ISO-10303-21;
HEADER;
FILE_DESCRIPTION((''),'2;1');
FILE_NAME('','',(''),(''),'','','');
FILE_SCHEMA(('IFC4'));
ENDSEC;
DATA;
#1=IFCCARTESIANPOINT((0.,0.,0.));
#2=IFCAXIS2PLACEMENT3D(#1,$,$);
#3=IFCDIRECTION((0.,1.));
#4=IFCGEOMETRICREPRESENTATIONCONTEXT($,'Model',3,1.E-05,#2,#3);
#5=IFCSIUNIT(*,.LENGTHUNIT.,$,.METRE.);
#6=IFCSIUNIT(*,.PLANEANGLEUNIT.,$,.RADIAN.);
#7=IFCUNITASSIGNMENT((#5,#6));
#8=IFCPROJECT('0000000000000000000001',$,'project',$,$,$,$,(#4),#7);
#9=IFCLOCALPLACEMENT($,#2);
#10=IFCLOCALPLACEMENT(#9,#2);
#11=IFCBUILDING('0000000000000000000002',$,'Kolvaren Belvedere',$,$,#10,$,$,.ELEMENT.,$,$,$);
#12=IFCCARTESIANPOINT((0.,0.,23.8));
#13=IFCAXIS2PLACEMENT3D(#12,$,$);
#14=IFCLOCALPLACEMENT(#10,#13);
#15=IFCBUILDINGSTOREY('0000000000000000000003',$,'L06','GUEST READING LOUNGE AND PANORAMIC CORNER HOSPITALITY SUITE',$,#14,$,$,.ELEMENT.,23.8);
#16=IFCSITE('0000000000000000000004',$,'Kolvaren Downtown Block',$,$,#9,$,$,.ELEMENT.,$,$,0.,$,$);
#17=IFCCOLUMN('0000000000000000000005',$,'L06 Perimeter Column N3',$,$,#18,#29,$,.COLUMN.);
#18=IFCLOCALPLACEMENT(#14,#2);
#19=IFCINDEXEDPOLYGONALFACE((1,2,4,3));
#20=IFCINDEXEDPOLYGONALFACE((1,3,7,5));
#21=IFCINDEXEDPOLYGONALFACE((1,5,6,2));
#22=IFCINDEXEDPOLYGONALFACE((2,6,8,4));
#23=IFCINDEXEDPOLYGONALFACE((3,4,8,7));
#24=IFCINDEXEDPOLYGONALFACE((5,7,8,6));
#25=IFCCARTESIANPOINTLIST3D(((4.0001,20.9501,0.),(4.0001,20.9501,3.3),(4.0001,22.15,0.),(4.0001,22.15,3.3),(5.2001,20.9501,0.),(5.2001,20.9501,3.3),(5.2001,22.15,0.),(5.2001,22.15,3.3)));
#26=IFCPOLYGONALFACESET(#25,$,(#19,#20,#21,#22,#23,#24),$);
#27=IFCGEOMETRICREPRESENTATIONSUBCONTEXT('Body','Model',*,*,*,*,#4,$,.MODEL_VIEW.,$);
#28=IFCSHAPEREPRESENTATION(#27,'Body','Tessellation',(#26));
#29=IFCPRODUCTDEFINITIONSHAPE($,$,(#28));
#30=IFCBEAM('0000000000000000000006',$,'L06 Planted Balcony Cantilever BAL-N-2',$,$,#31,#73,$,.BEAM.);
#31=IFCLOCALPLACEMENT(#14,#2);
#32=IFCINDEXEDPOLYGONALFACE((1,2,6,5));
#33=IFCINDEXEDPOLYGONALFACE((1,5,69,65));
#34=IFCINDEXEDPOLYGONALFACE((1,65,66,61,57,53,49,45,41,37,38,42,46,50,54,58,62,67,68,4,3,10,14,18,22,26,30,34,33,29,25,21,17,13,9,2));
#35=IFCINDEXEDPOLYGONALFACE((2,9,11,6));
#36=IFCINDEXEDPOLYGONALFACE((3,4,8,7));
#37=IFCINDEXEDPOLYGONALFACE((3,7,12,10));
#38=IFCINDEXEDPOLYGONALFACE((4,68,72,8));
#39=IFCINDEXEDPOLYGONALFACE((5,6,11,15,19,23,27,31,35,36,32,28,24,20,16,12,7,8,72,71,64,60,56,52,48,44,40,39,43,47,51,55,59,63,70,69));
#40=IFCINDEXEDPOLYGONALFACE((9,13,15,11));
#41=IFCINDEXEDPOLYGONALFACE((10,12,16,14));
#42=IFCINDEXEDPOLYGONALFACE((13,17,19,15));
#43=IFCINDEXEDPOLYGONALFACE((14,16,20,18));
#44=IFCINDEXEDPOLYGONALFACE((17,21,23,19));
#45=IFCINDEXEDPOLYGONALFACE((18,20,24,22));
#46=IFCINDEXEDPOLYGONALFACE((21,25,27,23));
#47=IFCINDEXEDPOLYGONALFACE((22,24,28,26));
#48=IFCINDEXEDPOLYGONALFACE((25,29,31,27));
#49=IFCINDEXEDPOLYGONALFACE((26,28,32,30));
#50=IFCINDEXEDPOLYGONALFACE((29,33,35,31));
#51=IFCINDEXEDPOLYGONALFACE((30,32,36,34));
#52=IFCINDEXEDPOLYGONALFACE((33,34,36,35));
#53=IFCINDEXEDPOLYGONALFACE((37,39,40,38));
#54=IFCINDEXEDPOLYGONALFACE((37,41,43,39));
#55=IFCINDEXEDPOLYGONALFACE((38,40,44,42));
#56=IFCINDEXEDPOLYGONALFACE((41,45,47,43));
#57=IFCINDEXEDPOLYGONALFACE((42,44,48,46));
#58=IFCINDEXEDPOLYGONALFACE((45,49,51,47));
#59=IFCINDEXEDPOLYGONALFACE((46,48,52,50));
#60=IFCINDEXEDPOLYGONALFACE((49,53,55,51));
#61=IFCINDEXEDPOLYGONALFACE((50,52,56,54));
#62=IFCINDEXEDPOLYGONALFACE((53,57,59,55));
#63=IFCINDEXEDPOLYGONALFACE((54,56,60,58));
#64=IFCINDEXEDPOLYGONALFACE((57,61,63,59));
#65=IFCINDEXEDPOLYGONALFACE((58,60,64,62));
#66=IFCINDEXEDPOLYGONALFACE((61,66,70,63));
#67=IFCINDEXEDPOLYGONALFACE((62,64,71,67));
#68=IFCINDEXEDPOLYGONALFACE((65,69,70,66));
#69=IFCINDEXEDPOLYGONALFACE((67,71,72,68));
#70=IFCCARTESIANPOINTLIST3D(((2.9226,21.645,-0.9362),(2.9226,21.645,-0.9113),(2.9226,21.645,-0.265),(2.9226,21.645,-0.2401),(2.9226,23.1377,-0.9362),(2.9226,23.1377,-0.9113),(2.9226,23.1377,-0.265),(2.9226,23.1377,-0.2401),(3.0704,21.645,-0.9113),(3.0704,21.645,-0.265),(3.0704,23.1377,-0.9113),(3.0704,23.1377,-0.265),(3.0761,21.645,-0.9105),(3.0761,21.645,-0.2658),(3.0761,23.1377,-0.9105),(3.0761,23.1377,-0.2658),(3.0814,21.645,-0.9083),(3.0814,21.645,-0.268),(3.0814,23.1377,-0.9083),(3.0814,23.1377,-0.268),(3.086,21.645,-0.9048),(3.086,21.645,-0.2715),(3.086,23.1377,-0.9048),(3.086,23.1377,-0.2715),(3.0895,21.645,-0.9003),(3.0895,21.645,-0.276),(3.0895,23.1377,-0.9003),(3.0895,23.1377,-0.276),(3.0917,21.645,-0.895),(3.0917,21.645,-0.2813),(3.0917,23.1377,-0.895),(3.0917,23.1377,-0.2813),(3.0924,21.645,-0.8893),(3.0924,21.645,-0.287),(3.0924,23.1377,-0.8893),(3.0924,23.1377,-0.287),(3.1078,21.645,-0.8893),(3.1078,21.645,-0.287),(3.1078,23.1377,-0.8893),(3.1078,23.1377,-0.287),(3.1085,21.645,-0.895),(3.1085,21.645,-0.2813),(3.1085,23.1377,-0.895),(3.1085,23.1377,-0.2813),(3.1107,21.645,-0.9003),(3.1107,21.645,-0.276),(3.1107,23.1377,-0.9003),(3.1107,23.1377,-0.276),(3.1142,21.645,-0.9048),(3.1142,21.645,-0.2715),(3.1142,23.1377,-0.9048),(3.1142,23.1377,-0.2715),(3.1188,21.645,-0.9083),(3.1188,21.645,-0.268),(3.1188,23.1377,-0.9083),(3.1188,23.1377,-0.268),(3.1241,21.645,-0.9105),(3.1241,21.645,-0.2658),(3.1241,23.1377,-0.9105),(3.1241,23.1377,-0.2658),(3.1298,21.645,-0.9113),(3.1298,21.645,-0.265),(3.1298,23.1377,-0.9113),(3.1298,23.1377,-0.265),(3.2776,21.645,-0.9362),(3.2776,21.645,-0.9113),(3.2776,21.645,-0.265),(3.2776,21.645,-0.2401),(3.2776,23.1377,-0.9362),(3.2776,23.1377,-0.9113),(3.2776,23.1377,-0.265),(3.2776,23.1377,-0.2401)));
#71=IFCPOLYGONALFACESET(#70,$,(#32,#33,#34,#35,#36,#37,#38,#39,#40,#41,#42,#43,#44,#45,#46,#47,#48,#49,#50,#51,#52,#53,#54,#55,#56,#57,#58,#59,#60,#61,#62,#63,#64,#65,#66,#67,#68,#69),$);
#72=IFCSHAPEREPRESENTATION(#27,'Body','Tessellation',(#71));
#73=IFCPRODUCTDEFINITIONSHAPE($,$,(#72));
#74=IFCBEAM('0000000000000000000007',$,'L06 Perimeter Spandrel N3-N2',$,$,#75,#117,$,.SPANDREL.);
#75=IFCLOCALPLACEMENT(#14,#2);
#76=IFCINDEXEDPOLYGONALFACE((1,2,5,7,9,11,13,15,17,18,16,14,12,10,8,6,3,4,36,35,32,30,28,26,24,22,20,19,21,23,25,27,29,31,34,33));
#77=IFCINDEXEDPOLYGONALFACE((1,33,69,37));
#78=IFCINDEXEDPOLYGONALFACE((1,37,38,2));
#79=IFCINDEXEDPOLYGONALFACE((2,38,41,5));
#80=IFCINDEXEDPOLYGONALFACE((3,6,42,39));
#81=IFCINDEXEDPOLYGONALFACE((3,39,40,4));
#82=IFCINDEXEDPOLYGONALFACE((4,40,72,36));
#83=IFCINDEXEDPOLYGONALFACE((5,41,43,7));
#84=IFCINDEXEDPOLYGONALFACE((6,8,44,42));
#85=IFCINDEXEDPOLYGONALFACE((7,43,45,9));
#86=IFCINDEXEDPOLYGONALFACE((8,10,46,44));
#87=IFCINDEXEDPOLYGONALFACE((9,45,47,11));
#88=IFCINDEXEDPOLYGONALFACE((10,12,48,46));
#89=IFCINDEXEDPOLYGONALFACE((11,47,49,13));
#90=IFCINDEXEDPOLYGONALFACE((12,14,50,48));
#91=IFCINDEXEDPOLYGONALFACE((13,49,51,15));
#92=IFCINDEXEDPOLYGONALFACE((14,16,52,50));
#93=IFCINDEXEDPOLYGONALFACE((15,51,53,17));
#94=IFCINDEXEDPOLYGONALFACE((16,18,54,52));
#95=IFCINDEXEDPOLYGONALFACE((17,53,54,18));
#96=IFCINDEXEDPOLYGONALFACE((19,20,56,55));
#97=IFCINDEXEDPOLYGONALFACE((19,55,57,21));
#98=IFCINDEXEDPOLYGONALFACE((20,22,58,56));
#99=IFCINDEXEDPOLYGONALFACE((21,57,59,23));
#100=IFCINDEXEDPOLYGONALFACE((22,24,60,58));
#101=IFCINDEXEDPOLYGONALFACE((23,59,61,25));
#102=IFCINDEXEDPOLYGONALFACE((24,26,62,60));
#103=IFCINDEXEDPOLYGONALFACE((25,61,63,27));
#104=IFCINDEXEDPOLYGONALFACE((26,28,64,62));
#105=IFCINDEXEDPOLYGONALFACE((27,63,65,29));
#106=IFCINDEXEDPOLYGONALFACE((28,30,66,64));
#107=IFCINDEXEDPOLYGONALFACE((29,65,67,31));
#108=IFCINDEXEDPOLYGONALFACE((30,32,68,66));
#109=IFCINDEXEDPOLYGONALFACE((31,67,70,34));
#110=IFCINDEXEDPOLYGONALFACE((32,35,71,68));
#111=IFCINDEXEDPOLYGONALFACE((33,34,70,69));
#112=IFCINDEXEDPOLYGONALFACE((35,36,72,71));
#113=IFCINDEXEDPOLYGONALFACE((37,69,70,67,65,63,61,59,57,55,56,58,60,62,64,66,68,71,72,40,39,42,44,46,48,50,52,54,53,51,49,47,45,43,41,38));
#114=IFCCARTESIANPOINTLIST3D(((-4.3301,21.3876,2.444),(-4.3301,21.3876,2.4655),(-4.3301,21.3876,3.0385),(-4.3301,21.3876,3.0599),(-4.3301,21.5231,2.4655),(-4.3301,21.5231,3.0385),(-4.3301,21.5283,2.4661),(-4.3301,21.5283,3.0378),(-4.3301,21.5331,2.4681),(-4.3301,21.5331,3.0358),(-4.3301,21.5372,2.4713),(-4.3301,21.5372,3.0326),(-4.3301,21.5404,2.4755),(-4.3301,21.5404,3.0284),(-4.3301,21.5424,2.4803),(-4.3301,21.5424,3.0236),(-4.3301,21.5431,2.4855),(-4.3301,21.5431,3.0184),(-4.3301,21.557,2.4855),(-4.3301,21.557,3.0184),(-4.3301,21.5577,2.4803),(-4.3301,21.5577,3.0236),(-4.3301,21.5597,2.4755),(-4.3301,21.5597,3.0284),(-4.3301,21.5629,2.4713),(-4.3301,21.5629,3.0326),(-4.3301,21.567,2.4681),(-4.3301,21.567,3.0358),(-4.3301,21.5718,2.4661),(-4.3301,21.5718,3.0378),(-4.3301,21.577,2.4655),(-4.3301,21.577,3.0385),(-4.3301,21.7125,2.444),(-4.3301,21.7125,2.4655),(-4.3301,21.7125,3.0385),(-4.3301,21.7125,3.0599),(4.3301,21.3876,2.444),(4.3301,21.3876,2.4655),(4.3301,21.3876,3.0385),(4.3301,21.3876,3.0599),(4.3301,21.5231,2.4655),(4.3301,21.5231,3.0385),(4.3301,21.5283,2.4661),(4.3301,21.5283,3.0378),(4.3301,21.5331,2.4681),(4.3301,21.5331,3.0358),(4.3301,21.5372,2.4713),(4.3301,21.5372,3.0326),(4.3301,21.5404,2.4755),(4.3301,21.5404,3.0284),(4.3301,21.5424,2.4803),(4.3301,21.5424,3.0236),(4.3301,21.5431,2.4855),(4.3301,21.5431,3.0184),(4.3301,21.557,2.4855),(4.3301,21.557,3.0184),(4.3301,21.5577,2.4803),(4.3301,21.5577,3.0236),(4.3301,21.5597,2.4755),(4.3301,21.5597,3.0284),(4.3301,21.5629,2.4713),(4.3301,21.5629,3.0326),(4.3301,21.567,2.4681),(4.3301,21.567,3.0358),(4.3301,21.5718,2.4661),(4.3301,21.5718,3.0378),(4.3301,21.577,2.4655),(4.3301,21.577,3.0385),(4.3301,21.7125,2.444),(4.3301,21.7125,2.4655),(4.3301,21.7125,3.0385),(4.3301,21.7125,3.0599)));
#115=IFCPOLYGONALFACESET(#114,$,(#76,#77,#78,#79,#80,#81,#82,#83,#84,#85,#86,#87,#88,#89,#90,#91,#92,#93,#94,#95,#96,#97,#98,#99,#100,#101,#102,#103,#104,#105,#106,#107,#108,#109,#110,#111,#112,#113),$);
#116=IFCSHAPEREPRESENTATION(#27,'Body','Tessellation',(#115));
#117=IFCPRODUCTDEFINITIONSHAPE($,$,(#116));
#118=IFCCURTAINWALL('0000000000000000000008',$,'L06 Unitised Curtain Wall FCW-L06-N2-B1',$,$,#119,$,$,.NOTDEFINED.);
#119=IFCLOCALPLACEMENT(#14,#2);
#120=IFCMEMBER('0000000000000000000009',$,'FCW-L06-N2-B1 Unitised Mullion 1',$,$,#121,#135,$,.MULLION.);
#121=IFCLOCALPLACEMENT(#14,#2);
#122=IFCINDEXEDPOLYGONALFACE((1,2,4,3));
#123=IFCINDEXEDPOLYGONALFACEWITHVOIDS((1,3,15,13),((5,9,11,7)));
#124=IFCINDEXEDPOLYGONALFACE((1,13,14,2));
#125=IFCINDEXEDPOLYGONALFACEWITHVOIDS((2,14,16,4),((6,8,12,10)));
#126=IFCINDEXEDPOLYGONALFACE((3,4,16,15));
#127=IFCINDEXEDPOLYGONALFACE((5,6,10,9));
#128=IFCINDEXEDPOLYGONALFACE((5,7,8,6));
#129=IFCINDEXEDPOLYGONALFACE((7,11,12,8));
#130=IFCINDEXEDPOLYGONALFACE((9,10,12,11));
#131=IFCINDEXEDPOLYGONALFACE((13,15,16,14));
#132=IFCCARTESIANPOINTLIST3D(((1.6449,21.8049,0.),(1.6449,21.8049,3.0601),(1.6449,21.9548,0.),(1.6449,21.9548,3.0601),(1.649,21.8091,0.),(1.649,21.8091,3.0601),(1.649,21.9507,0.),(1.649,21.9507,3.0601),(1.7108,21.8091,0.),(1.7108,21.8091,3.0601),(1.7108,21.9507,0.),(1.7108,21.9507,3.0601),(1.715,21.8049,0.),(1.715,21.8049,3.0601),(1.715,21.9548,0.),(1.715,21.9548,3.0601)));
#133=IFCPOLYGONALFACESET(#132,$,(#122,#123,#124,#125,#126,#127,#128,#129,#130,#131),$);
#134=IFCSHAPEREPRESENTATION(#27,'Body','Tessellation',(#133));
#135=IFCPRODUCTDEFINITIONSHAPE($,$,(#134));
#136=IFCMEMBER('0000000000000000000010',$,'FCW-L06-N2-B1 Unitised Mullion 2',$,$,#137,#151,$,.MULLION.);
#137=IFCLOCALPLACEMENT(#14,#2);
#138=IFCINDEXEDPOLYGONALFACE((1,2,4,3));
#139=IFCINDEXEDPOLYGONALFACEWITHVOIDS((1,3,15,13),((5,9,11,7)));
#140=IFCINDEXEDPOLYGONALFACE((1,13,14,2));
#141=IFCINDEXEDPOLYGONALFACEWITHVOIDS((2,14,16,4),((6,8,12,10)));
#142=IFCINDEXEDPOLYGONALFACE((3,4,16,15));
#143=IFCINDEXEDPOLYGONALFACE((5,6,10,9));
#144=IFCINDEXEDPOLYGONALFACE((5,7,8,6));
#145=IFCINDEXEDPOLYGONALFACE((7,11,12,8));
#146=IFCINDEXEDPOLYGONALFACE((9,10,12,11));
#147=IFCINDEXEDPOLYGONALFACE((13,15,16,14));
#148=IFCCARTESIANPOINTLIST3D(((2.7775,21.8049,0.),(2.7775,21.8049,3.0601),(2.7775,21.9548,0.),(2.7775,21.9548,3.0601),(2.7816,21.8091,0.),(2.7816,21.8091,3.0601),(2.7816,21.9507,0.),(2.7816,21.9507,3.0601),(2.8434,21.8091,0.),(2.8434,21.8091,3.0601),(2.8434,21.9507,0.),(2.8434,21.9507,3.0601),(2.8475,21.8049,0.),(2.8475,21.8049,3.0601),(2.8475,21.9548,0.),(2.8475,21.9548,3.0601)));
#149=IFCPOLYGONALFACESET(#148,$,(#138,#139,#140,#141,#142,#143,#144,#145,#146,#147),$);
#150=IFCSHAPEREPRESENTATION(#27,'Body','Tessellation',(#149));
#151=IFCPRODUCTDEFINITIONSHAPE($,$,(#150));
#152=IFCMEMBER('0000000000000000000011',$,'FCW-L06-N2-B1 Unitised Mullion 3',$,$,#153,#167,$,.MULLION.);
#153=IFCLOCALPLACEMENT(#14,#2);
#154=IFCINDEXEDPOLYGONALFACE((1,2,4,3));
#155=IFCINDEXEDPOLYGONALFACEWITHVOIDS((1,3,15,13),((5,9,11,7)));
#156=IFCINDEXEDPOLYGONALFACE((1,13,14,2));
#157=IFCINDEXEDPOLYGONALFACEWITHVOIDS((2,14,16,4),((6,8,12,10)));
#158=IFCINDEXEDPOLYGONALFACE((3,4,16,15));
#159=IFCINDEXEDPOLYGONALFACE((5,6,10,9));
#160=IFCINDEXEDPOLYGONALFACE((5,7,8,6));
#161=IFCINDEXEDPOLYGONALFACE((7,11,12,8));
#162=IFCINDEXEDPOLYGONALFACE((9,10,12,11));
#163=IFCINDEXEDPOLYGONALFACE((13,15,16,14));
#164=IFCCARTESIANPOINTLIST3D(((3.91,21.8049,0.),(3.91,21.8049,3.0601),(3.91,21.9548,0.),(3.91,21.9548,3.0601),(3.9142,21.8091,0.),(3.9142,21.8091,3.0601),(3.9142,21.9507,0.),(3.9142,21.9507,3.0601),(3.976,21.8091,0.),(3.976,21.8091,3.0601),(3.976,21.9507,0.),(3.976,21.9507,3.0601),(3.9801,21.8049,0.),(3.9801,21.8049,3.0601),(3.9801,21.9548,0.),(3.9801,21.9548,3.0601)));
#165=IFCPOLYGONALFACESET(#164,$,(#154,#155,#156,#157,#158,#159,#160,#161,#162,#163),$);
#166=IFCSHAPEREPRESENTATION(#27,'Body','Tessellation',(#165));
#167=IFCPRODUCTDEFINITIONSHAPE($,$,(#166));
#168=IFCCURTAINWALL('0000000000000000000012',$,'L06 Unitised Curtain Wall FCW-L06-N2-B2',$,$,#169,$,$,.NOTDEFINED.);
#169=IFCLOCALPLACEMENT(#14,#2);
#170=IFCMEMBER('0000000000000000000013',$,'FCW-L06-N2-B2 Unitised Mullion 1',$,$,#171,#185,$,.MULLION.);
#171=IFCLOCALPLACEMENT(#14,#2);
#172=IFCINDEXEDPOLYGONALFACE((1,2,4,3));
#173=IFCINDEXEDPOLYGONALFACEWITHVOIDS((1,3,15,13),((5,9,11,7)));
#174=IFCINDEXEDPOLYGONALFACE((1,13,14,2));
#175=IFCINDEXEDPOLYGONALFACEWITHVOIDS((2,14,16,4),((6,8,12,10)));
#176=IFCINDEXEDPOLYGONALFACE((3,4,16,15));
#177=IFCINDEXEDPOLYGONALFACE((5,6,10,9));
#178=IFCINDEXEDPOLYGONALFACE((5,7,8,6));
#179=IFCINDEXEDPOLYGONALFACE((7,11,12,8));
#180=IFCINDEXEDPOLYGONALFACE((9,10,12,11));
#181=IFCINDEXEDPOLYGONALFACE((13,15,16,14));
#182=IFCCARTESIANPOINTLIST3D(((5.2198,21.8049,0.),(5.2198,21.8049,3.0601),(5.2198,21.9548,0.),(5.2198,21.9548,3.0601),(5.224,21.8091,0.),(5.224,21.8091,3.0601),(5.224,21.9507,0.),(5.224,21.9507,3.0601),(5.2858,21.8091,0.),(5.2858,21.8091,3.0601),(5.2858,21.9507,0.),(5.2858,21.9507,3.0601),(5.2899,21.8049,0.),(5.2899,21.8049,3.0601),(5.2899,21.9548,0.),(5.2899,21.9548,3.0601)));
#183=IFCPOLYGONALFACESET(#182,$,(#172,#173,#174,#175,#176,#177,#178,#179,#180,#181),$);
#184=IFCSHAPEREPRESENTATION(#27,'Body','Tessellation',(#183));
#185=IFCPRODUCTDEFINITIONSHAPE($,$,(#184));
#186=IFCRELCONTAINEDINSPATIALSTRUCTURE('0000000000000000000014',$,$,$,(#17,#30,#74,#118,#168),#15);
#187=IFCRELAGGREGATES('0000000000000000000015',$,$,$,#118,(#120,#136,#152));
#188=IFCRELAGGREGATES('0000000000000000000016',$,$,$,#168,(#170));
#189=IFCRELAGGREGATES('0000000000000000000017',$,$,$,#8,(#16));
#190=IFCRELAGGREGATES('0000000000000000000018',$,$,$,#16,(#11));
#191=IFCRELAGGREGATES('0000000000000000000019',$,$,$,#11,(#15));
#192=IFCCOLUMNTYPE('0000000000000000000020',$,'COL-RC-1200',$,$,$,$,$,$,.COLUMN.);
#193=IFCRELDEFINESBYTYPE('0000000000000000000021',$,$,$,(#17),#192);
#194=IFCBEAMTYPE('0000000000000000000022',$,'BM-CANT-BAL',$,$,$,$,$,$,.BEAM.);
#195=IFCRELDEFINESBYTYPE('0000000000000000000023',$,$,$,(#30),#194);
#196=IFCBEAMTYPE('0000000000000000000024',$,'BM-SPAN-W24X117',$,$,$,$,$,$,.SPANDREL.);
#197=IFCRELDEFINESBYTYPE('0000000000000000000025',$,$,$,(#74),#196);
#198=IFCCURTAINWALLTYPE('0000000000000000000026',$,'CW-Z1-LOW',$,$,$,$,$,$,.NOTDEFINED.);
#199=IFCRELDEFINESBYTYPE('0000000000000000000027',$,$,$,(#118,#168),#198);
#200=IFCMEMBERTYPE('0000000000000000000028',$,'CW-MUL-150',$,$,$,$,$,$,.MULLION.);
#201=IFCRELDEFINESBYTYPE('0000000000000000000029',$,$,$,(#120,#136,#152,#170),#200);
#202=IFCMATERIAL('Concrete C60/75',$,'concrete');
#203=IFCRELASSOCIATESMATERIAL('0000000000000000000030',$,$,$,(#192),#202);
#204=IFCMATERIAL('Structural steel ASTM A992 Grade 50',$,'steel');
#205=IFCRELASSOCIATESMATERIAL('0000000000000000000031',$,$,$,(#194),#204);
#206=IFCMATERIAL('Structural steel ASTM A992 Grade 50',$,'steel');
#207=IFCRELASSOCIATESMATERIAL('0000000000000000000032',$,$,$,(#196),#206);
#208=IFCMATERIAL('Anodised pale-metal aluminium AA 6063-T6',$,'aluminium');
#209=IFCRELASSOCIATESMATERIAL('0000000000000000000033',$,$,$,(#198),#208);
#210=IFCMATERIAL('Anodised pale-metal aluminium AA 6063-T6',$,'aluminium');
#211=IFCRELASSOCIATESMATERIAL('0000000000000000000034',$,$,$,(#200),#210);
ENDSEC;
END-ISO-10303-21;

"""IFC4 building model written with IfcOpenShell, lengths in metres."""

from ifc_helpers import new_model, si_unit, direction, frame, origin, origin_2d, place, context, subcontext, project, spatial, rectangle, hollow_rectangle, i_section, extrude, material, material_profile, profile_set, type_object, element, aggregate, save


model = new_model("IFC4")

# Units and contexts
model_context = context("Model", 3, precision=1e-05, world=origin(), true_north=direction((0.0, 1.0)))
body_context = subcontext(model_context, "Body", "Model", "MODEL_VIEW")
ifc_project = project(units=[si_unit("LENGTHUNIT", "METRE"), si_unit("PLANEANGLEUNIT", "RADIAN")], contexts=[model_context])

# Site, building, storey
site_placement = place(None, origin())
site = spatial("IfcSite", under=ifc_project, at=site_placement, Name="Kolvaren Downtown Block", CompositionType="ELEMENT", RefElevation=0.0)
building_placement = place(site_placement, origin())
building = spatial("IfcBuilding", under=site, at=building_placement, Name="Kolvaren Belvedere", CompositionType="ELEMENT")
storey_placement = place(building_placement, frame((0.0, 0.0, 23.8)))
storey = spatial("IfcBuildingStorey", under=building, at=storey_placement, Name="L06", Description="GUEST READING LOUNGE AND PANORAMIC CORNER HOSPITALITY SUITE", CompositionType="ELEMENT", Elevation=23.8)

# Column
ifc_material_1 = material(Name="Concrete C60/75", Category="concrete")
ifc_material_profile_1 = material_profile(ifc_material_1, rectangle(XDim=1.2, YDim=1.2, at=origin_2d()), Name="RC 1200X1200")
ifc_profile_set_1 = profile_set([ifc_material_profile_1], Name="Concrete C60/75")
column_type = type_object("IfcColumnType", Name="COL-RC-1200", PredefinedType="COLUMN", material=ifc_profile_set_1)
column_placement = place(storey_placement, frame((4.6001, 21.55, 0.0), z_axis=(0.0, 0.0, 1.0), x_axis=(1.0, 0.0, 0.0)))
element("IfcColumn", 1, at=column_placement, inside=storey, type_object=column_type, Name="L06 Perimeter Column N3", PredefinedType="COLUMN", context=body_context, shape_type="SweptSolid", body=[
    extrude(rectangle(XDim=1.2, YDim=1.2, at=origin_2d()), origin(), (0.0, 0.0, 1.0), 3.3),
])

# Beams
ifc_material_2 = material(Name="Structural steel ASTM A992 Grade 50", Category="steel")
ifc_material_profile_2 = material_profile(ifc_material_2, i_section(OverallWidth=0.355, OverallDepth=0.696, WebThickness=0.0154, FlangeThickness=0.0249, FilletRadius=0.022, at=origin_2d()), Name="W27X146")
ifc_profile_set_2 = profile_set([ifc_material_profile_2], Name="Structural steel ASTM A992 Grade 50")
beam_type_1 = type_object("IfcBeamType", Name="BM-CANT-BAL", PredefinedType="BEAM", material=ifc_profile_set_2)
beam_1_placement = place(storey_placement, frame((3.1001, 21.645, -0.5881), z_axis=(0.0, 1.0, 0.0), x_axis=(-1.0, 0.0, 0.0)))
element("IfcBeam", 2, at=beam_1_placement, inside=storey, type_object=beam_type_1, Name="L06 Planted Balcony Cantilever BAL-N-2", PredefinedType="BEAM", context=body_context, shape_type="SweptSolid", body=[
    extrude(i_section(OverallWidth=0.355, OverallDepth=0.696, WebThickness=0.0154, FlangeThickness=0.0249, FilletRadius=0.022, at=origin_2d()), origin(), (0.0, 0.0, 1.0), 1.4927),
])
ifc_material_3 = material(Name="Structural steel ASTM A992 Grade 50", Category="steel")
ifc_material_profile_3 = material_profile(ifc_material_3, i_section(OverallWidth=0.325, OverallDepth=0.616, WebThickness=0.0139, FlangeThickness=0.0215, FilletRadius=0.02, at=origin_2d()), Name="W24X117")
ifc_profile_set_3 = profile_set([ifc_material_profile_3], Name="Structural steel ASTM A992 Grade 50")
beam_type_2 = type_object("IfcBeamType", Name="BM-SPAN-W24X117", PredefinedType="SPANDREL", material=ifc_profile_set_3)
beam_2_placement = place(storey_placement, frame((4.3301, 21.55, 2.752), z_axis=(-1.0, 0.0, 0.0), x_axis=(0.0, -1.0, 0.0)))
element("IfcBeam", 3, at=beam_2_placement, inside=storey, type_object=beam_type_2, Name="L06 Perimeter Spandrel N3-N2", PredefinedType="SPANDREL", context=body_context, shape_type="SweptSolid", body=[
    extrude(i_section(OverallWidth=0.325, OverallDepth=0.616, WebThickness=0.0139, FlangeThickness=0.0215, FilletRadius=0.02, at=origin_2d()), origin(), (0.0, 0.0, 1.0), 8.6602),
])

# Curtain wall, members
ifc_material_4 = material(Name="Anodised pale-metal aluminium AA 6063-T6", Category="aluminium")
curtain_wall_type = type_object("IfcCurtainWallType", Name="CW-Z1-LOW", PredefinedType="NOTDEFINED", material=ifc_material_4)
curtain_wall_1_placement = place(storey_placement, origin())
curtain_wall_1 = element("IfcCurtainWall", 4, at=curtain_wall_1_placement, inside=storey, type_object=curtain_wall_type, Name="L06 Unitised Curtain Wall FCW-L06-N2-B1", PredefinedType="NOTDEFINED")
ifc_material_5 = material(Name="Anodised pale-metal aluminium AA 6063-T6", Category="aluminium")
ifc_material_profile_4 = material_profile(ifc_material_5, hollow_rectangle(XDim=0.0701, YDim=0.1499, WallThickness=0.0042, at=origin_2d()), Name="ALU-MUL-150X70")
ifc_profile_set_4 = profile_set([ifc_material_profile_4], Name="Anodised pale-metal aluminium AA 6063-T6")
member_type_1 = type_object("IfcMemberType", Name="CW-MUL-150", PredefinedType="MULLION", material=ifc_profile_set_4)
member_1_placement = place(storey_placement, frame((1.6799, 21.8799, 0.0), z_axis=(0.0, 0.0, 1.0), x_axis=(1.0, 0.0, 0.0)))
member_1 = element("IfcMember", 5, at=member_1_placement, type_object=member_type_1, Name="FCW-L06-N2-B1 Unitised Mullion 1", PredefinedType="MULLION", context=body_context, shape_type="SweptSolid", body=[
    extrude(hollow_rectangle(XDim=0.0701, YDim=0.1499, WallThickness=0.0042, at=origin_2d()), origin(), (0.0, 0.0, 1.0), 3.0601),
])
member_2_placement = place(storey_placement, frame((2.8125, 21.8799, 0.0), z_axis=(0.0, 0.0, 1.0), x_axis=(1.0, 0.0, 0.0)))
member_2 = element("IfcMember", 6, at=member_2_placement, type_object=member_type_1, Name="FCW-L06-N2-B1 Unitised Mullion 2", PredefinedType="MULLION", context=body_context, shape_type="SweptSolid", body=[
    extrude(hollow_rectangle(XDim=0.0701, YDim=0.1499, WallThickness=0.0042, at=origin_2d()), origin(), (0.0, 0.0, 1.0), 3.0601),
])
member_3_placement = place(storey_placement, frame((3.9451, 21.8799, 0.0), z_axis=(0.0, 0.0, 1.0), x_axis=(1.0, 0.0, 0.0)))
member_3 = element("IfcMember", 7, at=member_3_placement, type_object=member_type_1, Name="FCW-L06-N2-B1 Unitised Mullion 3", PredefinedType="MULLION", context=body_context, shape_type="SweptSolid", body=[
    extrude(hollow_rectangle(XDim=0.0701, YDim=0.1499, WallThickness=0.0042, at=origin_2d()), origin(), (0.0, 0.0, 1.0), 3.0601),
])

# Curtain wall, member
curtain_wall_2_placement = place(storey_placement, origin())
curtain_wall_2 = element("IfcCurtainWall", 8, at=curtain_wall_2_placement, inside=storey, type_object=curtain_wall_type, Name="L06 Unitised Curtain Wall FCW-L06-N2-B2", PredefinedType="NOTDEFINED")
member_4_placement = place(storey_placement, frame((5.2549, 21.8799, 0.0), z_axis=(0.0, 0.0, 1.0), x_axis=(1.0, 0.0, 0.0)))
member_4 = element("IfcMember", 9, at=member_4_placement, type_object=member_type_1, Name="FCW-L06-N2-B2 Unitised Mullion 1", PredefinedType="MULLION", context=body_context, shape_type="SweptSolid", body=[
    extrude(hollow_rectangle(XDim=0.0701, YDim=0.1499, WallThickness=0.0042, at=origin_2d()), origin(), (0.0, 0.0, 1.0), 3.0601),
])

aggregate(curtain_wall_1, [member_1, member_2, member_3])
aggregate(curtain_wall_2, [member_4])

save(model, "model.ifc")
